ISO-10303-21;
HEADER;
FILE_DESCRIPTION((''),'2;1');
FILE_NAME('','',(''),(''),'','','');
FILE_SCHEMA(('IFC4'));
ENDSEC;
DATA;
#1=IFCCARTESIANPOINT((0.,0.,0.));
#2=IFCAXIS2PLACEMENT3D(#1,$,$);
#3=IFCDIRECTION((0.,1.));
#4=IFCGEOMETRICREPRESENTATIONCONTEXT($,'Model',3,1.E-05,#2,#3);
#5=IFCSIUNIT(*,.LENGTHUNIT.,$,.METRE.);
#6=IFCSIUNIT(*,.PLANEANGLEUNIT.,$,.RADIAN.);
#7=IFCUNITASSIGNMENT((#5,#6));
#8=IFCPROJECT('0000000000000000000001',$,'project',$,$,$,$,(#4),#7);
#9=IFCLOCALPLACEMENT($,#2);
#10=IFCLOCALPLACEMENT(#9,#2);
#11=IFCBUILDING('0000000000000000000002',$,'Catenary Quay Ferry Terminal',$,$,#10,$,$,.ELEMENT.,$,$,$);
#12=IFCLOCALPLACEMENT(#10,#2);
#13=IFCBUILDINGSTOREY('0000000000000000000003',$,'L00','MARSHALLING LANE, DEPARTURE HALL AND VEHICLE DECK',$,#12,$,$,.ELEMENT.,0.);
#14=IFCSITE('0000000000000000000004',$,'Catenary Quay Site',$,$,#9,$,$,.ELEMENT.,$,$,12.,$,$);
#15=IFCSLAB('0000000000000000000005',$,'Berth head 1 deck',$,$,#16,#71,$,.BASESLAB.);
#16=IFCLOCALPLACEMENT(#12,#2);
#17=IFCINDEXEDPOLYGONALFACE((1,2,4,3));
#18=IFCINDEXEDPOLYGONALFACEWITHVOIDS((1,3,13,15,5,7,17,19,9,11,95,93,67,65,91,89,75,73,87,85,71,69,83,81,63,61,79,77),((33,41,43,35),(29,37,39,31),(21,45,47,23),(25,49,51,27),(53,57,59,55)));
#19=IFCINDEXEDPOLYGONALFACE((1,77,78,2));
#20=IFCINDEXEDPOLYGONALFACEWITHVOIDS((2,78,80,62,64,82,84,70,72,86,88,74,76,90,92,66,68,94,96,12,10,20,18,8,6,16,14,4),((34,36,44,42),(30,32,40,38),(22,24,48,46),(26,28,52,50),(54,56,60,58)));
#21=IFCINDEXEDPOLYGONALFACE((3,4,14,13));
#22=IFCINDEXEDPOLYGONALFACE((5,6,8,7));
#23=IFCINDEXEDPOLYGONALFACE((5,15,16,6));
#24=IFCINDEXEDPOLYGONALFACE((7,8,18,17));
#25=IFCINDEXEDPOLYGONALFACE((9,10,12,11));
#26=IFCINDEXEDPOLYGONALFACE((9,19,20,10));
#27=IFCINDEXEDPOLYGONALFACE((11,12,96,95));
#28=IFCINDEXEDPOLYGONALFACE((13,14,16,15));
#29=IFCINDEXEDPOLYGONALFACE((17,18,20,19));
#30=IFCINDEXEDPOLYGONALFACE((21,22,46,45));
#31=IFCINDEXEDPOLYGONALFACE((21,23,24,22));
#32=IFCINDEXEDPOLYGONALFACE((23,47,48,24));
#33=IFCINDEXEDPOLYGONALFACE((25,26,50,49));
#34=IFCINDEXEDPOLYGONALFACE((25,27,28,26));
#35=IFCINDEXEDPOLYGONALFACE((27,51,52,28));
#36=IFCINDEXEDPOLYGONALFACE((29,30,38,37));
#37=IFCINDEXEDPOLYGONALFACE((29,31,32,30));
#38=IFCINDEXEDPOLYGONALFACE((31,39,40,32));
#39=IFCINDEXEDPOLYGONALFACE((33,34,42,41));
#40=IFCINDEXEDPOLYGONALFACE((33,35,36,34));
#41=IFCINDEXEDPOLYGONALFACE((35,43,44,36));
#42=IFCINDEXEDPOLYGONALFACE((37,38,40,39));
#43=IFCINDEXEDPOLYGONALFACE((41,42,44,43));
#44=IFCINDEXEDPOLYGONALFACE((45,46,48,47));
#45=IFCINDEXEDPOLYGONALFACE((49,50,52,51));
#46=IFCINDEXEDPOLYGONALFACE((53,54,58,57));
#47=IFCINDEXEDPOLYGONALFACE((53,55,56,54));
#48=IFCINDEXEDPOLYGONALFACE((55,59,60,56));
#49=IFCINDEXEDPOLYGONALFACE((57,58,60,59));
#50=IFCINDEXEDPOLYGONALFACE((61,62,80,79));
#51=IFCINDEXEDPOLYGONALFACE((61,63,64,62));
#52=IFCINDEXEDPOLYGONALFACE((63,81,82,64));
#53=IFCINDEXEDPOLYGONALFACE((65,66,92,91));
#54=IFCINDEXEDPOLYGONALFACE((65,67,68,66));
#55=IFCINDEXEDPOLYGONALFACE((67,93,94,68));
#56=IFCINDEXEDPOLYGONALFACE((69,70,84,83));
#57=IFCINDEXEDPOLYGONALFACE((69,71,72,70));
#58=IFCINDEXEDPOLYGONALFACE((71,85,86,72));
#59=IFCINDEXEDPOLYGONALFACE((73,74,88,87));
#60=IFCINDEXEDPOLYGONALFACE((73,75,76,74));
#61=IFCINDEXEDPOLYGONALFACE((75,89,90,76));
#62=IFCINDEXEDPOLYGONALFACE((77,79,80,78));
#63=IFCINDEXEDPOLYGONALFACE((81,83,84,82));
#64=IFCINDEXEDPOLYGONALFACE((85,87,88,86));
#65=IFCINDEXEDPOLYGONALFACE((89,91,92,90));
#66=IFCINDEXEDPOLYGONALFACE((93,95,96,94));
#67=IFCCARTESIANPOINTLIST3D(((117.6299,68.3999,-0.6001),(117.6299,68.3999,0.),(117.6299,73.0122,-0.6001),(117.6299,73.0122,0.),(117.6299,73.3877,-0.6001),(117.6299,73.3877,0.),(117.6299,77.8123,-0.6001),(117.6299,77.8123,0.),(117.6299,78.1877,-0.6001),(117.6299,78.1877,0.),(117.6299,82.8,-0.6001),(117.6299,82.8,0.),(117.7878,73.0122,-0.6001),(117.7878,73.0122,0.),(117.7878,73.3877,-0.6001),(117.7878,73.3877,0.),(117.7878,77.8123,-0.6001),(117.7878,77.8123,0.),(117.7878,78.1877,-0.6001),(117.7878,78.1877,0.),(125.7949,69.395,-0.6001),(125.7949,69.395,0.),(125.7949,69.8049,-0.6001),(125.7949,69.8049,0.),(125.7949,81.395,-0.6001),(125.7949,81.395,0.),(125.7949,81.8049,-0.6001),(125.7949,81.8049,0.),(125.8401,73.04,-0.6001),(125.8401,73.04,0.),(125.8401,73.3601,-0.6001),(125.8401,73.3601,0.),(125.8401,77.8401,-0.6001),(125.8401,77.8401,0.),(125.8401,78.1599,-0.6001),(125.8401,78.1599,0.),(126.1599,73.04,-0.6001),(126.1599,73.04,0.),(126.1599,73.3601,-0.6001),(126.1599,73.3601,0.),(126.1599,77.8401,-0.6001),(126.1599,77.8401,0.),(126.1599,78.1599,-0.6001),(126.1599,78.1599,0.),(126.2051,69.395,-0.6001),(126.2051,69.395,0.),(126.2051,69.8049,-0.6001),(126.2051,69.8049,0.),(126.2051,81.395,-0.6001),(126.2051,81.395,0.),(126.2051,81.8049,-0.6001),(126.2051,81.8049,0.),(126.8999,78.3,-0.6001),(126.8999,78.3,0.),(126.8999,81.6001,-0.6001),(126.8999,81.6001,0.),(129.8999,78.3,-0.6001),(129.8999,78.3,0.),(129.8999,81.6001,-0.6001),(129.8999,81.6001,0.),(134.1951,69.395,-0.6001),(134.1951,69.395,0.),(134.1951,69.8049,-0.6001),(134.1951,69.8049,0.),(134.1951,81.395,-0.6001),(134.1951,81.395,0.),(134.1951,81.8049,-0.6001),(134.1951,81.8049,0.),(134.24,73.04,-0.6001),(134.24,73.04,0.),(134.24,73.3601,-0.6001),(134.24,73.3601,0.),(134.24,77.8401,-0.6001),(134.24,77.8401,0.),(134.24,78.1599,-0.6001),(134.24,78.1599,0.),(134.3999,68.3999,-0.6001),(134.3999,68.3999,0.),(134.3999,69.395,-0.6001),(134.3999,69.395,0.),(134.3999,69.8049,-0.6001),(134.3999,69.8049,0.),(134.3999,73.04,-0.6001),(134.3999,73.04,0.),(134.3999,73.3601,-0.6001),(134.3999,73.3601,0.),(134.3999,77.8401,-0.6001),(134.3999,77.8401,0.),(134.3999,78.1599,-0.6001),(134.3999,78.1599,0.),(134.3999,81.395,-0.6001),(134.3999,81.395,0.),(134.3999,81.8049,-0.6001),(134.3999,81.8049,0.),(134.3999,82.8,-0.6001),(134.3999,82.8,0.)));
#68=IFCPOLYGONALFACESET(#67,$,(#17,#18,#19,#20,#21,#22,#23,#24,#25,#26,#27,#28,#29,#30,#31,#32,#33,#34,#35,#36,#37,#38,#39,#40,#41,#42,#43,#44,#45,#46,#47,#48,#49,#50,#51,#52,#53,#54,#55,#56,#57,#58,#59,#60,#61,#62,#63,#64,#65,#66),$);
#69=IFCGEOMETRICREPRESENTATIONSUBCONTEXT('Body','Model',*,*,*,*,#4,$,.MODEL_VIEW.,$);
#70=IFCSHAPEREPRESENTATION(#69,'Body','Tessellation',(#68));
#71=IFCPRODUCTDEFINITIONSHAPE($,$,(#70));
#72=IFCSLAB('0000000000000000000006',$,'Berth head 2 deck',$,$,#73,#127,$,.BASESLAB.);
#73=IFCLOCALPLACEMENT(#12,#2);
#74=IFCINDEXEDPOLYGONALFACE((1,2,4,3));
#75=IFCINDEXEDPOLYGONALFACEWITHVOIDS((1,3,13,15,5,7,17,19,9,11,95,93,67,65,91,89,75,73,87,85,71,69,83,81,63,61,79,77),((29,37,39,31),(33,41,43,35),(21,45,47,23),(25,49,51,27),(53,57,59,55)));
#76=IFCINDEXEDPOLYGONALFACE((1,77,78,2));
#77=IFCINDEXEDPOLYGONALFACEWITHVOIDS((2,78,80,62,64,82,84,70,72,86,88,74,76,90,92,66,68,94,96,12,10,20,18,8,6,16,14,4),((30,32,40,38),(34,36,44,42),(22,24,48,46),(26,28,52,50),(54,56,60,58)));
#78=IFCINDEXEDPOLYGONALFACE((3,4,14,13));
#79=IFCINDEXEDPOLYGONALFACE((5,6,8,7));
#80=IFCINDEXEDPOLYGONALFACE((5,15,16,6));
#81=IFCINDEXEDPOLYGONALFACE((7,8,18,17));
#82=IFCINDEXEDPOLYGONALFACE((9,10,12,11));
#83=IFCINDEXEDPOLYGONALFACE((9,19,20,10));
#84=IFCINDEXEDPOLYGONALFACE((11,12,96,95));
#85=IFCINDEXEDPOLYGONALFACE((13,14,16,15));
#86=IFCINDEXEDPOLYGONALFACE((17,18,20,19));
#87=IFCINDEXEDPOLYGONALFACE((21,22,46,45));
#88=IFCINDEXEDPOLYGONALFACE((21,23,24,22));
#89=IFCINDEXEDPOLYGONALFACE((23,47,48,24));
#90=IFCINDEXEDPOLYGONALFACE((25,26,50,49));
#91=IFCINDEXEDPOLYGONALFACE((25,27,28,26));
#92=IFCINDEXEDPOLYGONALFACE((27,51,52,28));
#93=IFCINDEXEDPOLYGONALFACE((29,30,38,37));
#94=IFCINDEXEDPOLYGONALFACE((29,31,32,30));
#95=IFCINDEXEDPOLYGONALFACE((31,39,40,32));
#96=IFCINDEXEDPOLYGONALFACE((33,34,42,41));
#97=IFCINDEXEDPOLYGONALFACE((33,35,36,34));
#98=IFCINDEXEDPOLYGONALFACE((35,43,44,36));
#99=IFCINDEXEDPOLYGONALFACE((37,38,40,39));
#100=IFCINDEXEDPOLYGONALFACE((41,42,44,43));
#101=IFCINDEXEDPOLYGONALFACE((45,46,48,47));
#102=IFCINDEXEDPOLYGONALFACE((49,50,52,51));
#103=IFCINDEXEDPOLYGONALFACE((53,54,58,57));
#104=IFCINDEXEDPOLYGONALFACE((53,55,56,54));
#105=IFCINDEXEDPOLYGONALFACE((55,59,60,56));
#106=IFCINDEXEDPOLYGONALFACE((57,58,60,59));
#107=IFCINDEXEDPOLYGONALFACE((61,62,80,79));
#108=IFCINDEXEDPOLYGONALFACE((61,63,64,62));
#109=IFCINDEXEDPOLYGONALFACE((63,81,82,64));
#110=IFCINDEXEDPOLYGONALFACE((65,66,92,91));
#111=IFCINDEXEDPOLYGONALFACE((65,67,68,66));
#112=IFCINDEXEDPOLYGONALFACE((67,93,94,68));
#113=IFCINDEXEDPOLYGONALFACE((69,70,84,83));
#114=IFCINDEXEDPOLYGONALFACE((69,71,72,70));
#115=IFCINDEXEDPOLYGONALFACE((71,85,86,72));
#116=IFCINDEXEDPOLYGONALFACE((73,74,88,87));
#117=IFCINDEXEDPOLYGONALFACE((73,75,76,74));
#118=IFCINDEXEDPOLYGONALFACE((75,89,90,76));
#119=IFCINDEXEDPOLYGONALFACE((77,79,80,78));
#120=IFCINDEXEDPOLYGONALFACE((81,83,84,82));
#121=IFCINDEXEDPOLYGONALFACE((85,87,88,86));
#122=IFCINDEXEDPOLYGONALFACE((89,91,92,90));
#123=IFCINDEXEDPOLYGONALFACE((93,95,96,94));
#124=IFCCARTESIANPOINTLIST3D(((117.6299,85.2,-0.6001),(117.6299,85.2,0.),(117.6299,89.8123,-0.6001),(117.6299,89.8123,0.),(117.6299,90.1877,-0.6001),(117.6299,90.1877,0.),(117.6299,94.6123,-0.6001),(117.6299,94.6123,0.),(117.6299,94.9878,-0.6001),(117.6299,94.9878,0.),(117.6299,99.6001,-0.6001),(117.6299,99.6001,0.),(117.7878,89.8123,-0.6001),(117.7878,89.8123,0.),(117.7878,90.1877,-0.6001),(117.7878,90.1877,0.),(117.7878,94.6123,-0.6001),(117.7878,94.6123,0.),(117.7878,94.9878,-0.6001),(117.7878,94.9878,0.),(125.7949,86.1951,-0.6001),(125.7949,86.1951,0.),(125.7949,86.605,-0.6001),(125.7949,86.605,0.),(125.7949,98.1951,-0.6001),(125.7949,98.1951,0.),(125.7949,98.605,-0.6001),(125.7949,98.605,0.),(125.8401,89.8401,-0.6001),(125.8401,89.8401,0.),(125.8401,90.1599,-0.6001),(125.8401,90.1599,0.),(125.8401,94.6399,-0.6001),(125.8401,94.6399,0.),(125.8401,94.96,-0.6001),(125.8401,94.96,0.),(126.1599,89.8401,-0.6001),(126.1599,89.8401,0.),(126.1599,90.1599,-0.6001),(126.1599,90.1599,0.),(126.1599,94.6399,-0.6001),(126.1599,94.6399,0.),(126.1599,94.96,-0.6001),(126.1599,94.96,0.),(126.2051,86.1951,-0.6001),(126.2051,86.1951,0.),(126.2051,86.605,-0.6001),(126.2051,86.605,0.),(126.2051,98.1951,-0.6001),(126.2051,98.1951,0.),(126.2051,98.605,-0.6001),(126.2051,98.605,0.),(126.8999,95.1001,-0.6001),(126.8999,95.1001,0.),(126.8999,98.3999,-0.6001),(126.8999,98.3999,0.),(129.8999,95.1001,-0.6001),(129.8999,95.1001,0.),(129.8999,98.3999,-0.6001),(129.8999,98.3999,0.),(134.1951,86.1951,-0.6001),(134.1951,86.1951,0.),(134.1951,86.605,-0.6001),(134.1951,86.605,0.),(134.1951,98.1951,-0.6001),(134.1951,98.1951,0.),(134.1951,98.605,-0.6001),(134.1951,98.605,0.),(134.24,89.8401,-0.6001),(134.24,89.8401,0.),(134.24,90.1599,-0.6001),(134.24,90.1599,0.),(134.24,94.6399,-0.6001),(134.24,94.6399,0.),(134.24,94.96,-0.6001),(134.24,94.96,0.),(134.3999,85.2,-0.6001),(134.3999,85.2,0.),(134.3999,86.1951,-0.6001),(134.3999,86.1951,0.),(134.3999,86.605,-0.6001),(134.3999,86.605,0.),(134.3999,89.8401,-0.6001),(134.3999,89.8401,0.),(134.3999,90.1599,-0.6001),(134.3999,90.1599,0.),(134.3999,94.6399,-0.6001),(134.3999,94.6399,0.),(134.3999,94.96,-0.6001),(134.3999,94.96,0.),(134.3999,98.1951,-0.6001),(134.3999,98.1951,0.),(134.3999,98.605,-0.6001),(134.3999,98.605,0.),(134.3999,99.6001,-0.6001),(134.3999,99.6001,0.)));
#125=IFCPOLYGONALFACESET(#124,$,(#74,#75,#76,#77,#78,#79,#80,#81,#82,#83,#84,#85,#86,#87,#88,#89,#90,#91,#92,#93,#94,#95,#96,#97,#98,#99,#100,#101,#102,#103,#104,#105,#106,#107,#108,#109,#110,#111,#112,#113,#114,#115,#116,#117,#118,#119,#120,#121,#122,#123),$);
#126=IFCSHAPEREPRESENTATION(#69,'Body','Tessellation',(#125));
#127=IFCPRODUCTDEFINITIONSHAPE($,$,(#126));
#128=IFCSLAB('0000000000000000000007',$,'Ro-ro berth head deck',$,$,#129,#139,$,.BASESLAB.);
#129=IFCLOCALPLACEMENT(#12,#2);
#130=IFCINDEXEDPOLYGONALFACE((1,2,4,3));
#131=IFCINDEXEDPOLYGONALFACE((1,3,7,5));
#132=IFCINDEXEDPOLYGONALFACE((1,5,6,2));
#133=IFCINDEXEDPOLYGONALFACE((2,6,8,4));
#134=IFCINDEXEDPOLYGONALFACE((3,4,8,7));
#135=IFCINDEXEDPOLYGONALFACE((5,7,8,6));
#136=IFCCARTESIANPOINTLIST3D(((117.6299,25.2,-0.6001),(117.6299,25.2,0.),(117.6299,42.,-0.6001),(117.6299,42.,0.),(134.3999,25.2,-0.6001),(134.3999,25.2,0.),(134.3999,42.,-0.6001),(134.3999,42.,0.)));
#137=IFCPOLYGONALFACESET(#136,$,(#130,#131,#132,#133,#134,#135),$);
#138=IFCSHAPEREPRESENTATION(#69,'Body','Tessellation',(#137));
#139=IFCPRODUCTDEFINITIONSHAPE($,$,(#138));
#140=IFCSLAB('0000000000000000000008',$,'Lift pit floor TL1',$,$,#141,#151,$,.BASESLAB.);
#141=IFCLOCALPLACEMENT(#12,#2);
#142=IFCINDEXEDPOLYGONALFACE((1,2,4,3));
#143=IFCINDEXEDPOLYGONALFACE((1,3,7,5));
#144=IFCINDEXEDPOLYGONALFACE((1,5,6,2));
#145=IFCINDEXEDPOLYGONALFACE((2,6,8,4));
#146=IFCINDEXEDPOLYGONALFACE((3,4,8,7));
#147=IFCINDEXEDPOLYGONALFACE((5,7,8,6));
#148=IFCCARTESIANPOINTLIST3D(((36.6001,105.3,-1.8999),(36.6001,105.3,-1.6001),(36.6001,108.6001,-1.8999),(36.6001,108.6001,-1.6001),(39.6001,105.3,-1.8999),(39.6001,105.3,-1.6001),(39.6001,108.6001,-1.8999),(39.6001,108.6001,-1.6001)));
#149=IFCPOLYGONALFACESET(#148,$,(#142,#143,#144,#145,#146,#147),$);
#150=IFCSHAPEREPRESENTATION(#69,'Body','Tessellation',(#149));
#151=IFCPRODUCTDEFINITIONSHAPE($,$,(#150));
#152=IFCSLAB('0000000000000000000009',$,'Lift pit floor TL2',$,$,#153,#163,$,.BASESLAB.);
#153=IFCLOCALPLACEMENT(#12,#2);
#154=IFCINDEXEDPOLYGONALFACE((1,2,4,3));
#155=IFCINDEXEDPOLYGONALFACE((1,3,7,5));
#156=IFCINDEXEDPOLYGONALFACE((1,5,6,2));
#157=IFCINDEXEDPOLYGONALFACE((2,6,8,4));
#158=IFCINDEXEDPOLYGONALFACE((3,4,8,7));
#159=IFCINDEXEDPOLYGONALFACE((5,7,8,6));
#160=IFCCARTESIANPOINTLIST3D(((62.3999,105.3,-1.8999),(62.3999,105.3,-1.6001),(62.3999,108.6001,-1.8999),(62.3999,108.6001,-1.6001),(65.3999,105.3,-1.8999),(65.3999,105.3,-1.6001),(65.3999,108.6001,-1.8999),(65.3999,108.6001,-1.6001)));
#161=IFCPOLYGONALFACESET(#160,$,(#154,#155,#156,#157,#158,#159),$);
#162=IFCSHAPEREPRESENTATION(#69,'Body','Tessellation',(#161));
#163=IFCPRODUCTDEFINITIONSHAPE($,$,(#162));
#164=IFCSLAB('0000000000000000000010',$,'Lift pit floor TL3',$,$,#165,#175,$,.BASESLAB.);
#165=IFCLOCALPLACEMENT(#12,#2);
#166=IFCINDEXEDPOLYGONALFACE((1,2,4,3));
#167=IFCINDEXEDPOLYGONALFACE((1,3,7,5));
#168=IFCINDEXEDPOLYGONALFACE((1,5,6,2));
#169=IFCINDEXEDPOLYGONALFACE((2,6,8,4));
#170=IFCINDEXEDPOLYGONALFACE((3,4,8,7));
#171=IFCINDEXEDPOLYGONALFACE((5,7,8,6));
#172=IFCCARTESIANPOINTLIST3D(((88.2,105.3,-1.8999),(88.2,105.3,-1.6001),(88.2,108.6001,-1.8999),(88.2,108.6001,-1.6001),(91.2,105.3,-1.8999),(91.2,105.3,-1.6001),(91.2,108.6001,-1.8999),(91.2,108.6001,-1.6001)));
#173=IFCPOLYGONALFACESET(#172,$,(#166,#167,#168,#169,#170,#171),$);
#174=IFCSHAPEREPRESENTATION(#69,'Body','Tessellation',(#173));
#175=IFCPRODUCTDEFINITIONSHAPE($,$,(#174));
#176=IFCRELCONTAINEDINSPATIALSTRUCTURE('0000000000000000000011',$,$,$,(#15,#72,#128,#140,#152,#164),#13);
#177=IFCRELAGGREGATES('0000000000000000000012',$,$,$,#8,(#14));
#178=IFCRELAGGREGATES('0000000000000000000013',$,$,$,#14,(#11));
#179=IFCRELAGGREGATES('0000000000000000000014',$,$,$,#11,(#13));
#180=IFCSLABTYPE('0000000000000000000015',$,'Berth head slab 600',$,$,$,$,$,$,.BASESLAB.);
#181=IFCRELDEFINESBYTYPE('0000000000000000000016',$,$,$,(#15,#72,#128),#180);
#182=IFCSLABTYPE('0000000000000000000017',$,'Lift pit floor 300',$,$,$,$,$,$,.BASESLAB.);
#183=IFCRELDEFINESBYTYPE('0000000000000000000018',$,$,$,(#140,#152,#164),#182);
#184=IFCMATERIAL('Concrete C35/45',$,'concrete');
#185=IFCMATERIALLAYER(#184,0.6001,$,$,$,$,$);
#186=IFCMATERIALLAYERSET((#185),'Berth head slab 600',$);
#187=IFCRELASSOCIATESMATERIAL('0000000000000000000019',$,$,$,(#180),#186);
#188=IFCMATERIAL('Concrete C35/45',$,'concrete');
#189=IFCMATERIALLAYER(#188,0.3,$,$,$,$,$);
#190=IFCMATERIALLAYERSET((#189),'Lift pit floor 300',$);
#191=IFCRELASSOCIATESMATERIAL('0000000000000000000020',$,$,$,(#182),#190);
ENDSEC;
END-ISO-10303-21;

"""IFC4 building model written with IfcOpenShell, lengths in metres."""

from ifc_helpers import new_model, si_unit, direction, frame, origin, place, context, subcontext, project, spatial, polyline, outline, extrude, material, layer, layer_set, type_object, element, save


model = new_model("IFC4")

# Units and contexts
model_context = context("Model", 3, precision=1e-05, world=origin(), true_north=direction((0.0, 1.0)))
body_context = subcontext(model_context, "Body", "Model", "MODEL_VIEW")
ifc_project = project(units=[si_unit("LENGTHUNIT", "METRE"), si_unit("PLANEANGLEUNIT", "RADIAN")], contexts=[model_context])

# Site, building, storey
site_placement = place(None, origin())
site = spatial("IfcSite", under=ifc_project, at=site_placement, Name="Catenary Quay Site", CompositionType="ELEMENT", RefElevation=12.0)
building_placement = place(site_placement, origin())
building = spatial("IfcBuilding", under=site, at=building_placement, Name="Catenary Quay Ferry Terminal", CompositionType="ELEMENT")
storey_placement = place(building_placement, origin())
storey = spatial("IfcBuildingStorey", under=building, at=storey_placement, Name="L00", Description="MARSHALLING LANE, DEPARTURE HALL AND VEHICLE DECK", CompositionType="ELEMENT", Elevation=0.0)

# Slabs
ifc_material_1 = material(Name="Concrete C35/45", Category="concrete")
ifc_layer_1 = layer(ifc_material_1, 0.6001)
ifc_layer_set_1 = layer_set([ifc_layer_1], Name="Berth head slab 600")
slab_type_1 = type_object("IfcSlabType", Name="Berth head slab 600", PredefinedType="BASESLAB", material=ifc_layer_set_1)
slab_1_placement = place(storey_placement, frame((0.0, 0.0, -0.6001)))
element("IfcSlab", 1, at=slab_1_placement, inside=storey, type_object=slab_type_1, Name="Berth head 1 deck", PredefinedType="BASESLAB", context=body_context, shape_type="SweptSolid", body=[
    extrude(outline(polyline([(134.3999, 68.3999), (117.6299, 68.3999), (117.6299, 73.0122), (117.7878, 73.0122), (117.7878, 73.3877), (117.6299, 73.3877), (117.6299, 77.8123), (117.7878, 77.8123), (117.7878, 78.1877), (117.6299, 78.1877), (117.6299, 82.8), (134.3999, 82.8), (134.3999, 81.8049), (134.1951, 81.8049), (134.1951, 81.395), (134.3999, 81.395), (134.3999, 78.1599), (134.24, 78.1599), (134.24, 77.8401), (134.3999, 77.8401), (134.3999, 73.3601), (134.24, 73.3601), (134.24, 73.04), (134.3999, 73.04), (134.3999, 69.8049), (134.1951, 69.8049), (134.1951, 69.395), (134.3999, 69.395), (134.3999, 68.3999)]), holes=[polyline([(125.7949, 69.8049), (125.7949, 69.395), (126.2051, 69.395), (126.2051, 69.8049), (125.7949, 69.8049)]), polyline([(126.1599, 73.3601), (125.8401, 73.3601), (125.8401, 73.04), (126.1599, 73.04), (126.1599, 73.3601)]), polyline([(126.1599, 78.1599), (125.8401, 78.1599), (125.8401, 77.8401), (126.1599, 77.8401), (126.1599, 78.1599)]), polyline([(126.2051, 81.8049), (125.7949, 81.8049), (125.7949, 81.395), (126.2051, 81.395), (126.2051, 81.8049)]), polyline([(126.8999, 78.3), (129.8999, 78.3), (129.8999, 81.6001), (126.8999, 81.6001), (126.8999, 78.3)])]), origin(), (0.0, 0.0, 1.0), 0.6001),
])
slab_2_placement = place(storey_placement, frame((0.0, 0.0, -0.6001)))
element("IfcSlab", 2, at=slab_2_placement, inside=storey, type_object=slab_type_1, Name="Berth head 2 deck", PredefinedType="BASESLAB", context=body_context, shape_type="SweptSolid", body=[
    extrude(outline(polyline([(134.3999, 85.2), (117.6299, 85.2), (117.6299, 89.8123), (117.7878, 89.8123), (117.7878, 90.1877), (117.6299, 90.1877), (117.6299, 94.6123), (117.7878, 94.6123), (117.7878, 94.9878), (117.6299, 94.9878), (117.6299, 99.6001), (134.3999, 99.6001), (134.3999, 98.605), (134.1951, 98.605), (134.1951, 98.1951), (134.3999, 98.1951), (134.3999, 94.96), (134.24, 94.96), (134.24, 94.6399), (134.3999, 94.6399), (134.3999, 90.1599), (134.24, 90.1599), (134.24, 89.8401), (134.3999, 89.8401), (134.3999, 86.605), (134.1951, 86.605), (134.1951, 86.1951), (134.3999, 86.1951), (134.3999, 85.2)]), holes=[polyline([(125.7949, 86.605), (125.7949, 86.1951), (126.2051, 86.1951), (126.2051, 86.605), (125.7949, 86.605)]), polyline([(126.1599, 90.1599), (125.8401, 90.1599), (125.8401, 89.8401), (126.1599, 89.8401), (126.1599, 90.1599)]), polyline([(125.8401, 94.96), (125.8401, 94.6399), (126.1599, 94.6399), (126.1599, 94.96), (125.8401, 94.96)]), polyline([(126.2051, 98.605), (125.7949, 98.605), (125.7949, 98.1951), (126.2051, 98.1951), (126.2051, 98.605)]), polyline([(126.8999, 95.1001), (129.8999, 95.1001), (129.8999, 98.3999), (126.8999, 98.3999), (126.8999, 95.1001)])]), origin(), (0.0, 0.0, 1.0), 0.6001),
])
slab_3_placement = place(storey_placement, frame((0.0, 0.0, -0.6001)))
element("IfcSlab", 3, at=slab_3_placement, inside=storey, type_object=slab_type_1, Name="Ro-ro berth head deck", PredefinedType="BASESLAB", context=body_context, shape_type="SweptSolid", body=[
    extrude(outline(polyline([(134.3999, 25.2), (134.3999, 42.0), (117.6299, 42.0), (117.6299, 25.2), (134.3999, 25.2)])), origin(), (0.0, 0.0, 1.0), 0.6001),
])
ifc_material_2 = material(Name="Concrete C35/45", Category="concrete")
ifc_layer_2 = layer(ifc_material_2, 0.3)
ifc_layer_set_2 = layer_set([ifc_layer_2], Name="Lift pit floor 300")
slab_type_2 = type_object("IfcSlabType", Name="Lift pit floor 300", PredefinedType="BASESLAB", material=ifc_layer_set_2)
slab_4_placement = place(storey_placement, frame((0.0, 0.0, -1.8999)))
element("IfcSlab", 4, at=slab_4_placement, inside=storey, type_object=slab_type_2, Name="Lift pit floor TL1", PredefinedType="BASESLAB", context=body_context, shape_type="SweptSolid", body=[
    extrude(outline(polyline([(39.6001, 105.3), (39.6001, 108.6001), (36.6001, 108.6001), (36.6001, 105.3), (39.6001, 105.3)])), origin(), (0.0, 0.0, 1.0), 0.2998),
])
slab_5_placement = place(storey_placement, frame((0.0, 0.0, -1.8999)))
element("IfcSlab", 5, at=slab_5_placement, inside=storey, type_object=slab_type_2, Name="Lift pit floor TL2", PredefinedType="BASESLAB", context=body_context, shape_type="SweptSolid", body=[
    extrude(outline(polyline([(65.3999, 105.3), (65.3999, 108.6001), (62.3999, 108.6001), (62.3999, 105.3), (65.3999, 105.3)])), origin(), (0.0, 0.0, 1.0), 0.2998),
])
slab_6_placement = place(storey_placement, frame((0.0, 0.0, -1.8999)))
element("IfcSlab", 6, at=slab_6_placement, inside=storey, type_object=slab_type_2, Name="Lift pit floor TL3", PredefinedType="BASESLAB", context=body_context, shape_type="SweptSolid", body=[
    extrude(outline(polyline([(91.2, 105.3), (91.2, 108.6001), (88.2, 108.6001), (88.2, 105.3), (91.2, 105.3)])), origin(), (0.0, 0.0, 1.0), 0.2998),
])

save(model, "model.ifc")
